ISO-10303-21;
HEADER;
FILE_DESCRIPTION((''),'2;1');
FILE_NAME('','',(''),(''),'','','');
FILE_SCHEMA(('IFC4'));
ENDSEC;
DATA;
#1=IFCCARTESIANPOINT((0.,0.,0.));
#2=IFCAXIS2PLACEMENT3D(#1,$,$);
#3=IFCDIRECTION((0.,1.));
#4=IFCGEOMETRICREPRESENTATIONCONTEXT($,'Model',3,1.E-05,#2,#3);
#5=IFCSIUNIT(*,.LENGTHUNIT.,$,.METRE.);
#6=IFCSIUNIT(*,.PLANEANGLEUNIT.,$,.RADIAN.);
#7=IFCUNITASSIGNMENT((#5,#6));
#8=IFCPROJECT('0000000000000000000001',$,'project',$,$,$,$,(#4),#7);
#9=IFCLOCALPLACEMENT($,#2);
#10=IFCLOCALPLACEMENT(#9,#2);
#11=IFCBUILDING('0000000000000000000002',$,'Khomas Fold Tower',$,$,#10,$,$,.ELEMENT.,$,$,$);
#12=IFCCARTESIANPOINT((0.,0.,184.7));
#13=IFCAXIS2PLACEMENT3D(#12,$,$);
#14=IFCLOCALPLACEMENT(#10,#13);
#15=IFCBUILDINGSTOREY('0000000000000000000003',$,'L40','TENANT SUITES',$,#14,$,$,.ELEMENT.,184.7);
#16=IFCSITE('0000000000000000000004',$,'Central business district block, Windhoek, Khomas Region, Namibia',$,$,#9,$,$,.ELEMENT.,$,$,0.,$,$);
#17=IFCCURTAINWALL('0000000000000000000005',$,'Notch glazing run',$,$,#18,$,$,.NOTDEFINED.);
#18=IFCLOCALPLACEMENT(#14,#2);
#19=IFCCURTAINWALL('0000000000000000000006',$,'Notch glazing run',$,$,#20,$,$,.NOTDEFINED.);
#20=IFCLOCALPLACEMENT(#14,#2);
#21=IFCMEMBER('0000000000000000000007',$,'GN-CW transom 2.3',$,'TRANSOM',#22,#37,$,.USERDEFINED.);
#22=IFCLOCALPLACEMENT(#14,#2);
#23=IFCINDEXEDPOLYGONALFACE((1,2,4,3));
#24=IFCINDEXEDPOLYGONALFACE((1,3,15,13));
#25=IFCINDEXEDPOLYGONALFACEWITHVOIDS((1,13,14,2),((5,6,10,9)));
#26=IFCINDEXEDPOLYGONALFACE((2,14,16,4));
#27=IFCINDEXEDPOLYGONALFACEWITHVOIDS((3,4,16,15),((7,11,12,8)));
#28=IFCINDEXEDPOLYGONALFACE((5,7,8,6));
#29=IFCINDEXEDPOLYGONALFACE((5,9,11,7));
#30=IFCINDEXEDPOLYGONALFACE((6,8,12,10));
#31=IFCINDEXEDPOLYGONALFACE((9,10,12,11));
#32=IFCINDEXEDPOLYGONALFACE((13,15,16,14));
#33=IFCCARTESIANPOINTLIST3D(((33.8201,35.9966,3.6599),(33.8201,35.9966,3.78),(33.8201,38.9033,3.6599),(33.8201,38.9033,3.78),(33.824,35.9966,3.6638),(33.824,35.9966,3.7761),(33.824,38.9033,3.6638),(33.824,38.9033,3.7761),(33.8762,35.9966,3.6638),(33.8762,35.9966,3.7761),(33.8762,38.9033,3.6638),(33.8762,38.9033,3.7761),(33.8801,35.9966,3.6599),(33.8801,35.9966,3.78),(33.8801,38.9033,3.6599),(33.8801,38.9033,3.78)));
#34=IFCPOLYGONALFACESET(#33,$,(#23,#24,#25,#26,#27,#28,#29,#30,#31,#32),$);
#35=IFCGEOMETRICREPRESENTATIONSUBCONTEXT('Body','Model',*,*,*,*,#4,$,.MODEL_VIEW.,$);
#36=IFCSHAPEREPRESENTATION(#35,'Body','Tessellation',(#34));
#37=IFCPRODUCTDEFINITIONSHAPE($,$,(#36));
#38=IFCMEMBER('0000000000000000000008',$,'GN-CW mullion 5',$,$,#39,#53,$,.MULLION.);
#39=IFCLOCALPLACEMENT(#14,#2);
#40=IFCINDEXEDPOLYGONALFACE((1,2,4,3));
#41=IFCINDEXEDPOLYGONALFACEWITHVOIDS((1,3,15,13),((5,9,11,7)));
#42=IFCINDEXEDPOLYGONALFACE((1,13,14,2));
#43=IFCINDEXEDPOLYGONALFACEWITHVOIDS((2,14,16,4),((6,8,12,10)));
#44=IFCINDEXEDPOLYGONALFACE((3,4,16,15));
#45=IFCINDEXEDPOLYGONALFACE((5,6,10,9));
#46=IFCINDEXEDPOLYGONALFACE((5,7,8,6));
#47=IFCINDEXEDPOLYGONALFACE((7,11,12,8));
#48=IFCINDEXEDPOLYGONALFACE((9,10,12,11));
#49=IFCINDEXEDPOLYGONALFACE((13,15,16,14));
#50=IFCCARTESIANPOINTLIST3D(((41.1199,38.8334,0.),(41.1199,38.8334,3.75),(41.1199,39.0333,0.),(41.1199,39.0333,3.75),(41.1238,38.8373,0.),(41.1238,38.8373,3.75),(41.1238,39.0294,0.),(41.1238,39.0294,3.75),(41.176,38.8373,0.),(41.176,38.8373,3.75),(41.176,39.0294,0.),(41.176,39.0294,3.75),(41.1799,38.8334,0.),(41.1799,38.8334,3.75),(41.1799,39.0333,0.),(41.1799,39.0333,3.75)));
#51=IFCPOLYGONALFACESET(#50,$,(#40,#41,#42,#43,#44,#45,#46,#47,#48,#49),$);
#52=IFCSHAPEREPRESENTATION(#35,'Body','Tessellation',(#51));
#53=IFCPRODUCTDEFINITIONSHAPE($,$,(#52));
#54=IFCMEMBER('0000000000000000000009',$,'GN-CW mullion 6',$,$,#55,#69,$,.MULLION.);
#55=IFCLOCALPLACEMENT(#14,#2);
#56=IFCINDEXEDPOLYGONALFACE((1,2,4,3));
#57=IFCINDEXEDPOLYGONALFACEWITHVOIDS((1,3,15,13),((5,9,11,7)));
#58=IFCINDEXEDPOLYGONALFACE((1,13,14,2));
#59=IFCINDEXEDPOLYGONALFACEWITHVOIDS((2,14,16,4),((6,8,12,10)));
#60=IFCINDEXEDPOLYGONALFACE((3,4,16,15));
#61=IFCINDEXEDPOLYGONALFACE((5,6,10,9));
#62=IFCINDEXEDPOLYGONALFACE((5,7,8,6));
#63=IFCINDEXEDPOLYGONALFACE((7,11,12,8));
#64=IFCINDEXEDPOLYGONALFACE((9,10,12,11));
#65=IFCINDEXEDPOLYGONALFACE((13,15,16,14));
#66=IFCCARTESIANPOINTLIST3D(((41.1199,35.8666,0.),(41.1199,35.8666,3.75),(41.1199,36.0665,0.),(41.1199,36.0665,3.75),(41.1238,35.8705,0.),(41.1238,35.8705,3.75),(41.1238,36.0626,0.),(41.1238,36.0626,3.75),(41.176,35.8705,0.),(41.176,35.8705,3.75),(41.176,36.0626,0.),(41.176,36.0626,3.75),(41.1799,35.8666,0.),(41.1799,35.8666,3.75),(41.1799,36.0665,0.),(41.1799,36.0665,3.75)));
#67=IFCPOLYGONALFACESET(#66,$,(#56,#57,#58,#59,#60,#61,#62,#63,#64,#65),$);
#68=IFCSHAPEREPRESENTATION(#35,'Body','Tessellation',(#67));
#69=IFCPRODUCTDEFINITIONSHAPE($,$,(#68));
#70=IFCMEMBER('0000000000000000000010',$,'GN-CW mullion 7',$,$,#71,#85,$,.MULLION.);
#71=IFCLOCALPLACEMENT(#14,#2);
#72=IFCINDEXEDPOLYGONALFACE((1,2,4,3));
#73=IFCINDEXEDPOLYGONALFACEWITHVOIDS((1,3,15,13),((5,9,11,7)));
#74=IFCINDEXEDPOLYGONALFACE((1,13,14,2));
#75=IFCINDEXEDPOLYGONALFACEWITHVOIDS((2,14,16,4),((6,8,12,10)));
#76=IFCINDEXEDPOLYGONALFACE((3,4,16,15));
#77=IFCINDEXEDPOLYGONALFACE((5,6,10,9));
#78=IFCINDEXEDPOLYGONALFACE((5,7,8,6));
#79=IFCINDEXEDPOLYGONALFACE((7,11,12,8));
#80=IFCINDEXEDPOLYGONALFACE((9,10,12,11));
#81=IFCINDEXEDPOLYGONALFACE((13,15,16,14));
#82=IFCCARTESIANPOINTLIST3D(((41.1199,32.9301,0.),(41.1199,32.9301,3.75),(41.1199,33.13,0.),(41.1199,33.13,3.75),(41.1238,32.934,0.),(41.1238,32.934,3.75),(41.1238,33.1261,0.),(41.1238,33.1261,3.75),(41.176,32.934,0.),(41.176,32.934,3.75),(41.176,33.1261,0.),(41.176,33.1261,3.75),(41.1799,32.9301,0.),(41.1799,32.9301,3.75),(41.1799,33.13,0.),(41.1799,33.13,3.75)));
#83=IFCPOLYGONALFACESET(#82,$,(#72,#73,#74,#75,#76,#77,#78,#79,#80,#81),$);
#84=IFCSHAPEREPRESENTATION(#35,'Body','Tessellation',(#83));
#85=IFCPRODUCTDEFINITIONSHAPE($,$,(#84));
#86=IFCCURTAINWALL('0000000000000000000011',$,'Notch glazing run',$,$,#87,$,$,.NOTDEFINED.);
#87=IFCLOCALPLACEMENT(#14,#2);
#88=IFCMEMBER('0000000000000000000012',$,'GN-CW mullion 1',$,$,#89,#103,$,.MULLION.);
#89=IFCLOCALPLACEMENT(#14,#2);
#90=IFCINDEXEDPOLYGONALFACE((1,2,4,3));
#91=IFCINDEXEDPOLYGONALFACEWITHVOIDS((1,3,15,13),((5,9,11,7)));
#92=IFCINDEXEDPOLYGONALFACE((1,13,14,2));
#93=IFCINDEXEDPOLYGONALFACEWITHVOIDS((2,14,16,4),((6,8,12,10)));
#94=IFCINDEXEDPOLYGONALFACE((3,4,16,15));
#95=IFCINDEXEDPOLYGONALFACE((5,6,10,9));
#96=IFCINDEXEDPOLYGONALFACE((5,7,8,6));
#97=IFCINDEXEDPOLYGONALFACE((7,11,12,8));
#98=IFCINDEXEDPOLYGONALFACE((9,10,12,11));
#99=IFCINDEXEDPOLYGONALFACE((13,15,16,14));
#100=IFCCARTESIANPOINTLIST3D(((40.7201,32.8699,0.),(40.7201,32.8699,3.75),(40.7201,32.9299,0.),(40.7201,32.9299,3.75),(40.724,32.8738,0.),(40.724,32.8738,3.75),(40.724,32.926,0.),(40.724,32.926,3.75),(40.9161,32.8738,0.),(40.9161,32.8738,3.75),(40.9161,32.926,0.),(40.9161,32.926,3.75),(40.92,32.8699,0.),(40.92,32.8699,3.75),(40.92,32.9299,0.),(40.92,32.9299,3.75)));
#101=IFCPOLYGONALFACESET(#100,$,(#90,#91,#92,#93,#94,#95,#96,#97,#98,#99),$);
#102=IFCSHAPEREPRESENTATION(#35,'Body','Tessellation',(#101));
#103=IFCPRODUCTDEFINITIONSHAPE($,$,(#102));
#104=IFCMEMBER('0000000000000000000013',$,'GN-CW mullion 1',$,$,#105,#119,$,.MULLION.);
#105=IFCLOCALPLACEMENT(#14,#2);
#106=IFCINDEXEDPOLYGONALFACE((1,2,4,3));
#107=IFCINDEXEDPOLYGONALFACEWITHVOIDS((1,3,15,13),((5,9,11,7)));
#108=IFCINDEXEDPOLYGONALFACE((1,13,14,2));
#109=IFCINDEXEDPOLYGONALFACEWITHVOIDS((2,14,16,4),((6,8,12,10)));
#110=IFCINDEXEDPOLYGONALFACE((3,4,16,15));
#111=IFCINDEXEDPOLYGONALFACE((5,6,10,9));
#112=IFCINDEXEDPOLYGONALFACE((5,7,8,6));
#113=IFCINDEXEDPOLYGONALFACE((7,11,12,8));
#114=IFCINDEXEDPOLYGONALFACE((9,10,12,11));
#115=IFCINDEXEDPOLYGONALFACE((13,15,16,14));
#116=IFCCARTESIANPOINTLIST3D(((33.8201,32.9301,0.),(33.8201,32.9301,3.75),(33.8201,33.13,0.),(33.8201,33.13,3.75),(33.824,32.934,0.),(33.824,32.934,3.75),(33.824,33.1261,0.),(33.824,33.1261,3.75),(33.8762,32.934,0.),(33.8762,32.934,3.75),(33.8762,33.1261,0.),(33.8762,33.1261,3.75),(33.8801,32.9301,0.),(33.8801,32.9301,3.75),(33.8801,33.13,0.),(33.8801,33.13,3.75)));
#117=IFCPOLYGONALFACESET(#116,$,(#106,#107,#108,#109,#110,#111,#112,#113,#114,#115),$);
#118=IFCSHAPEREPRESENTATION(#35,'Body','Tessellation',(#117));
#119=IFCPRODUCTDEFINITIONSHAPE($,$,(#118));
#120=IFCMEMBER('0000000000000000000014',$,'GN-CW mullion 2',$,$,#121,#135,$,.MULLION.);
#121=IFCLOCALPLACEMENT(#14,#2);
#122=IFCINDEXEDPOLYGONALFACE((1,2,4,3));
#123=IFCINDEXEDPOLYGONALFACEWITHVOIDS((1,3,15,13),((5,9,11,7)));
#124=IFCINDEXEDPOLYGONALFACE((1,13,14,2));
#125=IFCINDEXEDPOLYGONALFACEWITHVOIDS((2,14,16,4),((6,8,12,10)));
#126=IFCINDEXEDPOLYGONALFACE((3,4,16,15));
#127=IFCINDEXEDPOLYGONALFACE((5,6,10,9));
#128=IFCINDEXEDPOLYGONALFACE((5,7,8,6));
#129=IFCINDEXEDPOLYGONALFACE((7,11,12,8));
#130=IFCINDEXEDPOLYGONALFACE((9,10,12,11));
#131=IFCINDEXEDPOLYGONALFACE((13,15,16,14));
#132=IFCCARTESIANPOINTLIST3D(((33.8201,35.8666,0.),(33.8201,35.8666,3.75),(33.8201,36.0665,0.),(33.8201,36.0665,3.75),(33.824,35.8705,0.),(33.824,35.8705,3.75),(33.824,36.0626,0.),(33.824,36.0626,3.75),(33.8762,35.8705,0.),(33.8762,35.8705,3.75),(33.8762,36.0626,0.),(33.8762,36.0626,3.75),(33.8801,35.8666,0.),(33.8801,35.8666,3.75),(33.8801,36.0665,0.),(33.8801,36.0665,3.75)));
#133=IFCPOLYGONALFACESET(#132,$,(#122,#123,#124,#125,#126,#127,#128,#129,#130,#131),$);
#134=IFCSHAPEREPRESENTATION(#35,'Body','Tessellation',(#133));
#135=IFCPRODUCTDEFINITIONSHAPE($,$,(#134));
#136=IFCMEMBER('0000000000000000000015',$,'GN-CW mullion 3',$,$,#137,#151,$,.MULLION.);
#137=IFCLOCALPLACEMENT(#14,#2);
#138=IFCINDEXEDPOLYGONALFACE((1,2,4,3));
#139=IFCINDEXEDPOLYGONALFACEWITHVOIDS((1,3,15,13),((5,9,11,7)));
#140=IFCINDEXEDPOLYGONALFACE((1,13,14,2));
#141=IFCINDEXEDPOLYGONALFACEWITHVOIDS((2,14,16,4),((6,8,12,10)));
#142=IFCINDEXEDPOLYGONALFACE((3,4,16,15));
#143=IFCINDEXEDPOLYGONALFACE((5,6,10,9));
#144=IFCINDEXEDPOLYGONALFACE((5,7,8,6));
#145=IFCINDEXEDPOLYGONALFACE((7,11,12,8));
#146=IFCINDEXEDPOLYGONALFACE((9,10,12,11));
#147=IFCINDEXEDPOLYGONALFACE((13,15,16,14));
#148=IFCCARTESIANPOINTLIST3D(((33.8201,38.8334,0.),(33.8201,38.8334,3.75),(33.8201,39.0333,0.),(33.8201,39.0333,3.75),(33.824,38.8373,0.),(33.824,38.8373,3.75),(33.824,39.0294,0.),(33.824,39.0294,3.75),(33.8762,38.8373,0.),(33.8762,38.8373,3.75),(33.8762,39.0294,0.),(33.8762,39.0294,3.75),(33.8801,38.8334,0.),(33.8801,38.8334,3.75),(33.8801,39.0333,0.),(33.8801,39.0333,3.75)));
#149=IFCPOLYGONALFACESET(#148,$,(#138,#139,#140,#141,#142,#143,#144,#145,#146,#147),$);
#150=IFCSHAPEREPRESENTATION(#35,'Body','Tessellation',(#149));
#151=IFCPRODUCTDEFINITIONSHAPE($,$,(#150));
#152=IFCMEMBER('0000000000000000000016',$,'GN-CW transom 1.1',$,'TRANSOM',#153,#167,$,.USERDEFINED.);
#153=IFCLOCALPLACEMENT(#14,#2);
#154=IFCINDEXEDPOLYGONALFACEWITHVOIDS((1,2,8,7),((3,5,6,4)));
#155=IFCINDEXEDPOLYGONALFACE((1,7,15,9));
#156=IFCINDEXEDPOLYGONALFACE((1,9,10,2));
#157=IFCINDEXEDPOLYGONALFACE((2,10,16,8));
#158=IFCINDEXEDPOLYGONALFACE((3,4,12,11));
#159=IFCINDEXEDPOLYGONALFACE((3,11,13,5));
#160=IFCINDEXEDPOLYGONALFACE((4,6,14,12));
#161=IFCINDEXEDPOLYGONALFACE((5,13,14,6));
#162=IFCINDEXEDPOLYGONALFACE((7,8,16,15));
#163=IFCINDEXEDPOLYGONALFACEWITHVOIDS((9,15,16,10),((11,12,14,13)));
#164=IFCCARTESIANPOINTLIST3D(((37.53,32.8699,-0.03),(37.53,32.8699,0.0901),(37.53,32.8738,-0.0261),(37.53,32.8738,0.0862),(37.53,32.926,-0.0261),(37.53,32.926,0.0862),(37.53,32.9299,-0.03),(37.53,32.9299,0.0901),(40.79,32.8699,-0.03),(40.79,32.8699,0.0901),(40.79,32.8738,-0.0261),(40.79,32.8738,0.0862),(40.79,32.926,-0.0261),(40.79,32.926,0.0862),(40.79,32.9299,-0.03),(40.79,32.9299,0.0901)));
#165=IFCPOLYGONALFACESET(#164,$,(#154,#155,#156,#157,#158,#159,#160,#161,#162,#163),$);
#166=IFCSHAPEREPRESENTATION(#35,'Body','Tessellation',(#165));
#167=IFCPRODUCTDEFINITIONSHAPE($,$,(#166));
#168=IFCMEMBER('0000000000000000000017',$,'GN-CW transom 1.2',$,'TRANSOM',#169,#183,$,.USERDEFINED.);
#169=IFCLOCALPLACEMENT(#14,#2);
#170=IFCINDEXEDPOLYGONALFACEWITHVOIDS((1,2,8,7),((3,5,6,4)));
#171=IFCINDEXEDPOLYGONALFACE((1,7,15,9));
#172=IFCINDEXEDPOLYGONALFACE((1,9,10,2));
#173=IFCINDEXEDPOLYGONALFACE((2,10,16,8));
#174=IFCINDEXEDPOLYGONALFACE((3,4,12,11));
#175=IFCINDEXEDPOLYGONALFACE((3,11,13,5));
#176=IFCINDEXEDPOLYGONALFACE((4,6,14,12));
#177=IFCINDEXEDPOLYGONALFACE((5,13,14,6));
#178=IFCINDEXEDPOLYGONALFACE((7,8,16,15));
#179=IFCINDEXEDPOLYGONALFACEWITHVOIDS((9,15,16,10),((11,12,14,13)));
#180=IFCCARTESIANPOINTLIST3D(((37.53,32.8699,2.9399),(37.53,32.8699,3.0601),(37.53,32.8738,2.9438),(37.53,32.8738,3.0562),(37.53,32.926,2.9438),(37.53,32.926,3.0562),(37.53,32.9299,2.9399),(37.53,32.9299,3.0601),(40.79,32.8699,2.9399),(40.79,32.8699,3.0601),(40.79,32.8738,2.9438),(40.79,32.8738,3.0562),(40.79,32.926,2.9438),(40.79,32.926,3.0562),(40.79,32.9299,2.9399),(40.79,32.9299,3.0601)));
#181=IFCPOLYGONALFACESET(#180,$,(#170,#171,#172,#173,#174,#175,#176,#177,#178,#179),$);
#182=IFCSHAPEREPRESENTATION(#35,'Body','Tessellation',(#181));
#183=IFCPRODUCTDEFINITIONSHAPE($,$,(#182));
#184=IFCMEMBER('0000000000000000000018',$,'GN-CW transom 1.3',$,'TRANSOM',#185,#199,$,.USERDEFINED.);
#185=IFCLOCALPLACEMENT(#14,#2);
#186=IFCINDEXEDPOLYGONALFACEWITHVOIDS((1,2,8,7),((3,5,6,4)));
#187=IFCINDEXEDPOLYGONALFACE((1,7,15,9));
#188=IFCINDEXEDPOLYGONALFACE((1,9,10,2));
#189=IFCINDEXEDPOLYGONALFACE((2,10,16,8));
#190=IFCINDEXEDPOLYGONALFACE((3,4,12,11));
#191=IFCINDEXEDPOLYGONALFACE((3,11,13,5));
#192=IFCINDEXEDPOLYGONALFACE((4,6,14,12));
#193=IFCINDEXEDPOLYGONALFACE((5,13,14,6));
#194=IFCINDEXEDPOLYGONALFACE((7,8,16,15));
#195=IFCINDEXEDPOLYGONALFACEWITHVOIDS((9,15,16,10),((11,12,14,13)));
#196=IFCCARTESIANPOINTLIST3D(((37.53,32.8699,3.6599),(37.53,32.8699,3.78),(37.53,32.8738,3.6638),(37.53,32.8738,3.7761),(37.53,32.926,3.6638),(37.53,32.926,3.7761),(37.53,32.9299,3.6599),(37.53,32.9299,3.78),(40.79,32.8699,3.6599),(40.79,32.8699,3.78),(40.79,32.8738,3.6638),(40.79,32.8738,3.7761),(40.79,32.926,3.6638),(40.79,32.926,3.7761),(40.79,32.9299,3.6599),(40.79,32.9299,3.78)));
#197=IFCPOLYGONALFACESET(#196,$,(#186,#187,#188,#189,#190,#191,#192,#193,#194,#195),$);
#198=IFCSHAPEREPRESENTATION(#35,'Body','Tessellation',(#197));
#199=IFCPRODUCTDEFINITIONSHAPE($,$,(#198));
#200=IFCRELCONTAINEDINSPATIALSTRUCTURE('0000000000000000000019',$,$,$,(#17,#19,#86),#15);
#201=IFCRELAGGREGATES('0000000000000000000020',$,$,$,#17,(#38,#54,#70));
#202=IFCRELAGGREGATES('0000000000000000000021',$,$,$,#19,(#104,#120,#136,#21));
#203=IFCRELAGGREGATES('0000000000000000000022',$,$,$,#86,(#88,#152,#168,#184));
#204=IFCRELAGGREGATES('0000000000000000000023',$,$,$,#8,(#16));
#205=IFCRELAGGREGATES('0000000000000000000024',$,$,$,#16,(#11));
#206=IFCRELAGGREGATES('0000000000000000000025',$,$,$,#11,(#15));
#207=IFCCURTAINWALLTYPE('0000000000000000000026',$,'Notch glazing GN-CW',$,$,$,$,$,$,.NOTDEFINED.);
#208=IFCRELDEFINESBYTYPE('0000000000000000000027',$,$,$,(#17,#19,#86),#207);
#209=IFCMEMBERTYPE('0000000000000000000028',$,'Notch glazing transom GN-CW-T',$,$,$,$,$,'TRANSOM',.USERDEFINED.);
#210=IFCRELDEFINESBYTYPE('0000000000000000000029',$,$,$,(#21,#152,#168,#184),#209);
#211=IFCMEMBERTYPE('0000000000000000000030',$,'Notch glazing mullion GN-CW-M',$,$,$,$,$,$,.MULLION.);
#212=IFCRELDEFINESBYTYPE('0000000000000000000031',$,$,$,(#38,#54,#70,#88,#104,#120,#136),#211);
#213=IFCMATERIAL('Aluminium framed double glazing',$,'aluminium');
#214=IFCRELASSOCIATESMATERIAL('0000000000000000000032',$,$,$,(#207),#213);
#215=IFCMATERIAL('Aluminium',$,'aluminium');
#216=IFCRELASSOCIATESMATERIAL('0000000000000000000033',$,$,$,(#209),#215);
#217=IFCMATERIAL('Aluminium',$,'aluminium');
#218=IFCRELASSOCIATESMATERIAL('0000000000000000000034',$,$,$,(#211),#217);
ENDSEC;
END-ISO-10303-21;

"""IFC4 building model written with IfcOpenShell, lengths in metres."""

from ifc_helpers import new_model, si_unit, direction, frame, origin, origin_2d, place, context, subcontext, project, spatial, hollow_rectangle, extrude, source, transform, mapped, material, material_profile, profile_set, type_object, element, aggregate, save


model = new_model("IFC4")

# Units and contexts
model_context = context("Model", 3, precision=1e-05, world=origin(), true_north=direction((0.0, 1.0)))
body_context = subcontext(model_context, "Body", "Model", "MODEL_VIEW")
ifc_project = project(units=[si_unit("LENGTHUNIT", "METRE"), si_unit("PLANEANGLEUNIT", "RADIAN")], contexts=[model_context])

# Site, building, storey
site_placement = place(None, origin())
site = spatial("IfcSite", under=ifc_project, at=site_placement, Name="Central business district block, Windhoek, Khomas Region, Namibia", CompositionType="ELEMENT", RefElevation=0.0)
building_placement = place(site_placement, origin())
building = spatial("IfcBuilding", under=site, at=building_placement, Name="Khomas Fold Tower", CompositionType="ELEMENT")
storey_placement = place(building_placement, frame((0.0, 0.0, 184.7)))
storey = spatial("IfcBuildingStorey", under=building, at=storey_placement, Name="L40", Description="TENANT SUITES", CompositionType="ELEMENT", Elevation=184.7)

# Curtain walls
ifc_material_1 = material(Name="Aluminium framed double glazing", Category="aluminium")
curtain_wall_type = type_object("IfcCurtainWallType", Name="Notch glazing GN-CW", PredefinedType="NOTDEFINED", material=ifc_material_1)
curtain_wall_1_placement = place(storey_placement, origin())
curtain_wall_1 = element("IfcCurtainWall", 1, at=curtain_wall_1_placement, inside=storey, type_object=curtain_wall_type, Name="Notch glazing run", PredefinedType="NOTDEFINED")
ifc_material_2 = material(Name="Aluminium", Category="aluminium")
ifc_material_profile_1 = material_profile(ifc_material_2, hollow_rectangle(XDim=0.0601, YDim=0.1201, WallThickness=0.0039, at=origin_2d()), Name="Notch glazing transom GN-CW-T")
ifc_profile_set_1 = profile_set([ifc_material_profile_1], Name="Aluminium")
member_type_1 = type_object("IfcMemberType", Name="Notch glazing transom GN-CW-T", ElementType="TRANSOM", PredefinedType="USERDEFINED", material=ifc_profile_set_1)
curtain_wall_2_placement = place(storey_placement, origin())
curtain_wall_2 = element("IfcCurtainWall", 2, at=curtain_wall_2_placement, inside=storey, type_object=curtain_wall_type, Name="Notch glazing run", PredefinedType="NOTDEFINED")

# Members
shared_shape_1 = source(origin(), body_context, "Body", "SweptSolid", [
    extrude(hollow_rectangle(XDim=0.0601, YDim=0.1201, WallThickness=0.0039, at=origin_2d()), origin(), (0.0, 0.0, 1.0), 2.9067),
])
member_1_placement = place(storey_placement, frame((33.8501, 35.9966, 3.72), z_axis=(0.0, 1.0, 0.0), x_axis=(-1.0, 0.0, 0.0)))
member_1 = element("IfcMember", 3, at=member_1_placement, type_object=member_type_1, Name="GN-CW transom 2.3", ObjectType="TRANSOM", PredefinedType="USERDEFINED", context=body_context, shape_type="MappedRepresentation", body=[
    mapped(shared_shape_1, transform((0.0, 0.0, 0.0))),
])
ifc_material_3 = material(Name="Aluminium", Category="aluminium")
ifc_material_profile_2 = material_profile(ifc_material_3, hollow_rectangle(XDim=0.0601, YDim=0.2, WallThickness=0.0039, at=origin_2d()), Name="Notch glazing mullion GN-CW-M")
ifc_profile_set_2 = profile_set([ifc_material_profile_2], Name="Aluminium")
member_type_2 = type_object("IfcMemberType", Name="Notch glazing mullion GN-CW-M", PredefinedType="MULLION", material=ifc_profile_set_2)
shared_shape_2 = source(origin(), body_context, "Body", "SweptSolid", [
    extrude(hollow_rectangle(XDim=0.0601, YDim=0.2, WallThickness=0.0039, at=origin_2d()), origin(), (0.0, 0.0, 1.0), 3.75),
])
member_2_placement = place(storey_placement, frame((41.1499, 38.9333, 0.0), z_axis=(0.0, 0.0, 1.0), x_axis=(1.0, 0.0, 0.0)))
member_2 = element("IfcMember", 4, at=member_2_placement, type_object=member_type_2, Name="GN-CW mullion 5", PredefinedType="MULLION", context=body_context, shape_type="MappedRepresentation", body=[
    mapped(shared_shape_2, transform((0.0, 0.0, 0.0))),
])
member_3_placement = place(storey_placement, frame((41.1499, 35.9666, 0.0), z_axis=(0.0, 0.0, 1.0), x_axis=(1.0, 0.0, 0.0)))
member_3 = element("IfcMember", 5, at=member_3_placement, type_object=member_type_2, Name="GN-CW mullion 6", PredefinedType="MULLION", context=body_context, shape_type="MappedRepresentation", body=[
    mapped(shared_shape_2, transform((0.0, 0.0, 0.0))),
])
member_4_placement = place(storey_placement, frame((41.1499, 33.03, 0.0), z_axis=(0.0, 0.0, 1.0), x_axis=(1.0, 0.0, 0.0)))
member_4 = element("IfcMember", 6, at=member_4_placement, type_object=member_type_2, Name="GN-CW mullion 7", PredefinedType="MULLION", context=body_context, shape_type="MappedRepresentation", body=[
    mapped(shared_shape_2, transform((0.0, 0.0, 0.0))),
])

# Curtain wall, member
curtain_wall_3_placement = place(storey_placement, origin())
curtain_wall_3 = element("IfcCurtainWall", 7, at=curtain_wall_3_placement, inside=storey, type_object=curtain_wall_type, Name="Notch glazing run", PredefinedType="NOTDEFINED")
member_5_placement = place(storey_placement, frame((40.8201, 32.8999, 0.0), z_axis=(0.0, 0.0, 1.0), x_axis=(0.0, -1.0, 0.0)))
member_5 = element("IfcMember", 8, at=member_5_placement, type_object=member_type_2, Name="GN-CW mullion 1", PredefinedType="MULLION", context=body_context, shape_type="MappedRepresentation", body=[
    mapped(shared_shape_2, transform((0.0, 0.0, 0.0))),
])

# Members
member_6_placement = place(storey_placement, frame((33.8501, 33.03, 0.0), z_axis=(0.0, 0.0, 1.0), x_axis=(-1.0, 0.0, 0.0)))
member_6 = element("IfcMember", 9, at=member_6_placement, type_object=member_type_2, Name="GN-CW mullion 1", PredefinedType="MULLION", context=body_context, shape_type="MappedRepresentation", body=[
    mapped(shared_shape_2, transform((0.0, 0.0, 0.0))),
])
member_7_placement = place(storey_placement, frame((33.8501, 35.9666, 0.0), z_axis=(0.0, 0.0, 1.0), x_axis=(-1.0, 0.0, 0.0)))
member_7 = element("IfcMember", 10, at=member_7_placement, type_object=member_type_2, Name="GN-CW mullion 2", PredefinedType="MULLION", context=body_context, shape_type="MappedRepresentation", body=[
    mapped(shared_shape_2, transform((0.0, 0.0, 0.0))),
])
member_8_placement = place(storey_placement, frame((33.8501, 38.9333, 0.0), z_axis=(0.0, 0.0, 1.0), x_axis=(-1.0, 0.0, 0.0)))
member_8 = element("IfcMember", 11, at=member_8_placement, type_object=member_type_2, Name="GN-CW mullion 3", PredefinedType="MULLION", context=body_context, shape_type="MappedRepresentation", body=[
    mapped(shared_shape_2, transform((0.0, 0.0, 0.0))),
])
shared_shape_3 = source(origin(), body_context, "Body", "SweptSolid", [
    extrude(hollow_rectangle(XDim=0.0601, YDim=0.1201, WallThickness=0.0039, at=origin_2d()), origin(), (0.0, 0.0, 1.0), 3.26),
])
member_9_placement = place(storey_placement, frame((40.79, 32.8999, 0.03), z_axis=(-1.0, 0.0, 0.0), x_axis=(0.0, -1.0, 0.0)))
member_9 = element("IfcMember", 12, at=member_9_placement, type_object=member_type_1, Name="GN-CW transom 1.1", ObjectType="TRANSOM", PredefinedType="USERDEFINED", context=body_context, shape_type="MappedRepresentation", body=[
    mapped(shared_shape_3, transform((0.0, 0.0, 0.0))),
])
member_10_placement = place(storey_placement, frame((40.79, 32.8999, 3.0), z_axis=(-1.0, 0.0, 0.0), x_axis=(0.0, -1.0, 0.0)))
member_10 = element("IfcMember", 13, at=member_10_placement, type_object=member_type_1, Name="GN-CW transom 1.2", ObjectType="TRANSOM", PredefinedType="USERDEFINED", context=body_context, shape_type="MappedRepresentation", body=[
    mapped(shared_shape_3, transform((0.0, 0.0, 0.0))),
])
member_11_placement = place(storey_placement, frame((40.79, 32.8999, 3.72), z_axis=(-1.0, 0.0, 0.0), x_axis=(0.0, -1.0, 0.0)))
member_11 = element("IfcMember", 14, at=member_11_placement, type_object=member_type_1, Name="GN-CW transom 1.3", ObjectType="TRANSOM", PredefinedType="USERDEFINED", context=body_context, shape_type="MappedRepresentation", body=[
    mapped(shared_shape_3, transform((0.0, 0.0, 0.0))),
])

aggregate(curtain_wall_1, [member_2, member_3, member_4])
aggregate(curtain_wall_2, [member_6, member_7, member_8, member_1])
aggregate(curtain_wall_3, [member_5, member_9, member_10, member_11])

save(model, "model.ifc")
